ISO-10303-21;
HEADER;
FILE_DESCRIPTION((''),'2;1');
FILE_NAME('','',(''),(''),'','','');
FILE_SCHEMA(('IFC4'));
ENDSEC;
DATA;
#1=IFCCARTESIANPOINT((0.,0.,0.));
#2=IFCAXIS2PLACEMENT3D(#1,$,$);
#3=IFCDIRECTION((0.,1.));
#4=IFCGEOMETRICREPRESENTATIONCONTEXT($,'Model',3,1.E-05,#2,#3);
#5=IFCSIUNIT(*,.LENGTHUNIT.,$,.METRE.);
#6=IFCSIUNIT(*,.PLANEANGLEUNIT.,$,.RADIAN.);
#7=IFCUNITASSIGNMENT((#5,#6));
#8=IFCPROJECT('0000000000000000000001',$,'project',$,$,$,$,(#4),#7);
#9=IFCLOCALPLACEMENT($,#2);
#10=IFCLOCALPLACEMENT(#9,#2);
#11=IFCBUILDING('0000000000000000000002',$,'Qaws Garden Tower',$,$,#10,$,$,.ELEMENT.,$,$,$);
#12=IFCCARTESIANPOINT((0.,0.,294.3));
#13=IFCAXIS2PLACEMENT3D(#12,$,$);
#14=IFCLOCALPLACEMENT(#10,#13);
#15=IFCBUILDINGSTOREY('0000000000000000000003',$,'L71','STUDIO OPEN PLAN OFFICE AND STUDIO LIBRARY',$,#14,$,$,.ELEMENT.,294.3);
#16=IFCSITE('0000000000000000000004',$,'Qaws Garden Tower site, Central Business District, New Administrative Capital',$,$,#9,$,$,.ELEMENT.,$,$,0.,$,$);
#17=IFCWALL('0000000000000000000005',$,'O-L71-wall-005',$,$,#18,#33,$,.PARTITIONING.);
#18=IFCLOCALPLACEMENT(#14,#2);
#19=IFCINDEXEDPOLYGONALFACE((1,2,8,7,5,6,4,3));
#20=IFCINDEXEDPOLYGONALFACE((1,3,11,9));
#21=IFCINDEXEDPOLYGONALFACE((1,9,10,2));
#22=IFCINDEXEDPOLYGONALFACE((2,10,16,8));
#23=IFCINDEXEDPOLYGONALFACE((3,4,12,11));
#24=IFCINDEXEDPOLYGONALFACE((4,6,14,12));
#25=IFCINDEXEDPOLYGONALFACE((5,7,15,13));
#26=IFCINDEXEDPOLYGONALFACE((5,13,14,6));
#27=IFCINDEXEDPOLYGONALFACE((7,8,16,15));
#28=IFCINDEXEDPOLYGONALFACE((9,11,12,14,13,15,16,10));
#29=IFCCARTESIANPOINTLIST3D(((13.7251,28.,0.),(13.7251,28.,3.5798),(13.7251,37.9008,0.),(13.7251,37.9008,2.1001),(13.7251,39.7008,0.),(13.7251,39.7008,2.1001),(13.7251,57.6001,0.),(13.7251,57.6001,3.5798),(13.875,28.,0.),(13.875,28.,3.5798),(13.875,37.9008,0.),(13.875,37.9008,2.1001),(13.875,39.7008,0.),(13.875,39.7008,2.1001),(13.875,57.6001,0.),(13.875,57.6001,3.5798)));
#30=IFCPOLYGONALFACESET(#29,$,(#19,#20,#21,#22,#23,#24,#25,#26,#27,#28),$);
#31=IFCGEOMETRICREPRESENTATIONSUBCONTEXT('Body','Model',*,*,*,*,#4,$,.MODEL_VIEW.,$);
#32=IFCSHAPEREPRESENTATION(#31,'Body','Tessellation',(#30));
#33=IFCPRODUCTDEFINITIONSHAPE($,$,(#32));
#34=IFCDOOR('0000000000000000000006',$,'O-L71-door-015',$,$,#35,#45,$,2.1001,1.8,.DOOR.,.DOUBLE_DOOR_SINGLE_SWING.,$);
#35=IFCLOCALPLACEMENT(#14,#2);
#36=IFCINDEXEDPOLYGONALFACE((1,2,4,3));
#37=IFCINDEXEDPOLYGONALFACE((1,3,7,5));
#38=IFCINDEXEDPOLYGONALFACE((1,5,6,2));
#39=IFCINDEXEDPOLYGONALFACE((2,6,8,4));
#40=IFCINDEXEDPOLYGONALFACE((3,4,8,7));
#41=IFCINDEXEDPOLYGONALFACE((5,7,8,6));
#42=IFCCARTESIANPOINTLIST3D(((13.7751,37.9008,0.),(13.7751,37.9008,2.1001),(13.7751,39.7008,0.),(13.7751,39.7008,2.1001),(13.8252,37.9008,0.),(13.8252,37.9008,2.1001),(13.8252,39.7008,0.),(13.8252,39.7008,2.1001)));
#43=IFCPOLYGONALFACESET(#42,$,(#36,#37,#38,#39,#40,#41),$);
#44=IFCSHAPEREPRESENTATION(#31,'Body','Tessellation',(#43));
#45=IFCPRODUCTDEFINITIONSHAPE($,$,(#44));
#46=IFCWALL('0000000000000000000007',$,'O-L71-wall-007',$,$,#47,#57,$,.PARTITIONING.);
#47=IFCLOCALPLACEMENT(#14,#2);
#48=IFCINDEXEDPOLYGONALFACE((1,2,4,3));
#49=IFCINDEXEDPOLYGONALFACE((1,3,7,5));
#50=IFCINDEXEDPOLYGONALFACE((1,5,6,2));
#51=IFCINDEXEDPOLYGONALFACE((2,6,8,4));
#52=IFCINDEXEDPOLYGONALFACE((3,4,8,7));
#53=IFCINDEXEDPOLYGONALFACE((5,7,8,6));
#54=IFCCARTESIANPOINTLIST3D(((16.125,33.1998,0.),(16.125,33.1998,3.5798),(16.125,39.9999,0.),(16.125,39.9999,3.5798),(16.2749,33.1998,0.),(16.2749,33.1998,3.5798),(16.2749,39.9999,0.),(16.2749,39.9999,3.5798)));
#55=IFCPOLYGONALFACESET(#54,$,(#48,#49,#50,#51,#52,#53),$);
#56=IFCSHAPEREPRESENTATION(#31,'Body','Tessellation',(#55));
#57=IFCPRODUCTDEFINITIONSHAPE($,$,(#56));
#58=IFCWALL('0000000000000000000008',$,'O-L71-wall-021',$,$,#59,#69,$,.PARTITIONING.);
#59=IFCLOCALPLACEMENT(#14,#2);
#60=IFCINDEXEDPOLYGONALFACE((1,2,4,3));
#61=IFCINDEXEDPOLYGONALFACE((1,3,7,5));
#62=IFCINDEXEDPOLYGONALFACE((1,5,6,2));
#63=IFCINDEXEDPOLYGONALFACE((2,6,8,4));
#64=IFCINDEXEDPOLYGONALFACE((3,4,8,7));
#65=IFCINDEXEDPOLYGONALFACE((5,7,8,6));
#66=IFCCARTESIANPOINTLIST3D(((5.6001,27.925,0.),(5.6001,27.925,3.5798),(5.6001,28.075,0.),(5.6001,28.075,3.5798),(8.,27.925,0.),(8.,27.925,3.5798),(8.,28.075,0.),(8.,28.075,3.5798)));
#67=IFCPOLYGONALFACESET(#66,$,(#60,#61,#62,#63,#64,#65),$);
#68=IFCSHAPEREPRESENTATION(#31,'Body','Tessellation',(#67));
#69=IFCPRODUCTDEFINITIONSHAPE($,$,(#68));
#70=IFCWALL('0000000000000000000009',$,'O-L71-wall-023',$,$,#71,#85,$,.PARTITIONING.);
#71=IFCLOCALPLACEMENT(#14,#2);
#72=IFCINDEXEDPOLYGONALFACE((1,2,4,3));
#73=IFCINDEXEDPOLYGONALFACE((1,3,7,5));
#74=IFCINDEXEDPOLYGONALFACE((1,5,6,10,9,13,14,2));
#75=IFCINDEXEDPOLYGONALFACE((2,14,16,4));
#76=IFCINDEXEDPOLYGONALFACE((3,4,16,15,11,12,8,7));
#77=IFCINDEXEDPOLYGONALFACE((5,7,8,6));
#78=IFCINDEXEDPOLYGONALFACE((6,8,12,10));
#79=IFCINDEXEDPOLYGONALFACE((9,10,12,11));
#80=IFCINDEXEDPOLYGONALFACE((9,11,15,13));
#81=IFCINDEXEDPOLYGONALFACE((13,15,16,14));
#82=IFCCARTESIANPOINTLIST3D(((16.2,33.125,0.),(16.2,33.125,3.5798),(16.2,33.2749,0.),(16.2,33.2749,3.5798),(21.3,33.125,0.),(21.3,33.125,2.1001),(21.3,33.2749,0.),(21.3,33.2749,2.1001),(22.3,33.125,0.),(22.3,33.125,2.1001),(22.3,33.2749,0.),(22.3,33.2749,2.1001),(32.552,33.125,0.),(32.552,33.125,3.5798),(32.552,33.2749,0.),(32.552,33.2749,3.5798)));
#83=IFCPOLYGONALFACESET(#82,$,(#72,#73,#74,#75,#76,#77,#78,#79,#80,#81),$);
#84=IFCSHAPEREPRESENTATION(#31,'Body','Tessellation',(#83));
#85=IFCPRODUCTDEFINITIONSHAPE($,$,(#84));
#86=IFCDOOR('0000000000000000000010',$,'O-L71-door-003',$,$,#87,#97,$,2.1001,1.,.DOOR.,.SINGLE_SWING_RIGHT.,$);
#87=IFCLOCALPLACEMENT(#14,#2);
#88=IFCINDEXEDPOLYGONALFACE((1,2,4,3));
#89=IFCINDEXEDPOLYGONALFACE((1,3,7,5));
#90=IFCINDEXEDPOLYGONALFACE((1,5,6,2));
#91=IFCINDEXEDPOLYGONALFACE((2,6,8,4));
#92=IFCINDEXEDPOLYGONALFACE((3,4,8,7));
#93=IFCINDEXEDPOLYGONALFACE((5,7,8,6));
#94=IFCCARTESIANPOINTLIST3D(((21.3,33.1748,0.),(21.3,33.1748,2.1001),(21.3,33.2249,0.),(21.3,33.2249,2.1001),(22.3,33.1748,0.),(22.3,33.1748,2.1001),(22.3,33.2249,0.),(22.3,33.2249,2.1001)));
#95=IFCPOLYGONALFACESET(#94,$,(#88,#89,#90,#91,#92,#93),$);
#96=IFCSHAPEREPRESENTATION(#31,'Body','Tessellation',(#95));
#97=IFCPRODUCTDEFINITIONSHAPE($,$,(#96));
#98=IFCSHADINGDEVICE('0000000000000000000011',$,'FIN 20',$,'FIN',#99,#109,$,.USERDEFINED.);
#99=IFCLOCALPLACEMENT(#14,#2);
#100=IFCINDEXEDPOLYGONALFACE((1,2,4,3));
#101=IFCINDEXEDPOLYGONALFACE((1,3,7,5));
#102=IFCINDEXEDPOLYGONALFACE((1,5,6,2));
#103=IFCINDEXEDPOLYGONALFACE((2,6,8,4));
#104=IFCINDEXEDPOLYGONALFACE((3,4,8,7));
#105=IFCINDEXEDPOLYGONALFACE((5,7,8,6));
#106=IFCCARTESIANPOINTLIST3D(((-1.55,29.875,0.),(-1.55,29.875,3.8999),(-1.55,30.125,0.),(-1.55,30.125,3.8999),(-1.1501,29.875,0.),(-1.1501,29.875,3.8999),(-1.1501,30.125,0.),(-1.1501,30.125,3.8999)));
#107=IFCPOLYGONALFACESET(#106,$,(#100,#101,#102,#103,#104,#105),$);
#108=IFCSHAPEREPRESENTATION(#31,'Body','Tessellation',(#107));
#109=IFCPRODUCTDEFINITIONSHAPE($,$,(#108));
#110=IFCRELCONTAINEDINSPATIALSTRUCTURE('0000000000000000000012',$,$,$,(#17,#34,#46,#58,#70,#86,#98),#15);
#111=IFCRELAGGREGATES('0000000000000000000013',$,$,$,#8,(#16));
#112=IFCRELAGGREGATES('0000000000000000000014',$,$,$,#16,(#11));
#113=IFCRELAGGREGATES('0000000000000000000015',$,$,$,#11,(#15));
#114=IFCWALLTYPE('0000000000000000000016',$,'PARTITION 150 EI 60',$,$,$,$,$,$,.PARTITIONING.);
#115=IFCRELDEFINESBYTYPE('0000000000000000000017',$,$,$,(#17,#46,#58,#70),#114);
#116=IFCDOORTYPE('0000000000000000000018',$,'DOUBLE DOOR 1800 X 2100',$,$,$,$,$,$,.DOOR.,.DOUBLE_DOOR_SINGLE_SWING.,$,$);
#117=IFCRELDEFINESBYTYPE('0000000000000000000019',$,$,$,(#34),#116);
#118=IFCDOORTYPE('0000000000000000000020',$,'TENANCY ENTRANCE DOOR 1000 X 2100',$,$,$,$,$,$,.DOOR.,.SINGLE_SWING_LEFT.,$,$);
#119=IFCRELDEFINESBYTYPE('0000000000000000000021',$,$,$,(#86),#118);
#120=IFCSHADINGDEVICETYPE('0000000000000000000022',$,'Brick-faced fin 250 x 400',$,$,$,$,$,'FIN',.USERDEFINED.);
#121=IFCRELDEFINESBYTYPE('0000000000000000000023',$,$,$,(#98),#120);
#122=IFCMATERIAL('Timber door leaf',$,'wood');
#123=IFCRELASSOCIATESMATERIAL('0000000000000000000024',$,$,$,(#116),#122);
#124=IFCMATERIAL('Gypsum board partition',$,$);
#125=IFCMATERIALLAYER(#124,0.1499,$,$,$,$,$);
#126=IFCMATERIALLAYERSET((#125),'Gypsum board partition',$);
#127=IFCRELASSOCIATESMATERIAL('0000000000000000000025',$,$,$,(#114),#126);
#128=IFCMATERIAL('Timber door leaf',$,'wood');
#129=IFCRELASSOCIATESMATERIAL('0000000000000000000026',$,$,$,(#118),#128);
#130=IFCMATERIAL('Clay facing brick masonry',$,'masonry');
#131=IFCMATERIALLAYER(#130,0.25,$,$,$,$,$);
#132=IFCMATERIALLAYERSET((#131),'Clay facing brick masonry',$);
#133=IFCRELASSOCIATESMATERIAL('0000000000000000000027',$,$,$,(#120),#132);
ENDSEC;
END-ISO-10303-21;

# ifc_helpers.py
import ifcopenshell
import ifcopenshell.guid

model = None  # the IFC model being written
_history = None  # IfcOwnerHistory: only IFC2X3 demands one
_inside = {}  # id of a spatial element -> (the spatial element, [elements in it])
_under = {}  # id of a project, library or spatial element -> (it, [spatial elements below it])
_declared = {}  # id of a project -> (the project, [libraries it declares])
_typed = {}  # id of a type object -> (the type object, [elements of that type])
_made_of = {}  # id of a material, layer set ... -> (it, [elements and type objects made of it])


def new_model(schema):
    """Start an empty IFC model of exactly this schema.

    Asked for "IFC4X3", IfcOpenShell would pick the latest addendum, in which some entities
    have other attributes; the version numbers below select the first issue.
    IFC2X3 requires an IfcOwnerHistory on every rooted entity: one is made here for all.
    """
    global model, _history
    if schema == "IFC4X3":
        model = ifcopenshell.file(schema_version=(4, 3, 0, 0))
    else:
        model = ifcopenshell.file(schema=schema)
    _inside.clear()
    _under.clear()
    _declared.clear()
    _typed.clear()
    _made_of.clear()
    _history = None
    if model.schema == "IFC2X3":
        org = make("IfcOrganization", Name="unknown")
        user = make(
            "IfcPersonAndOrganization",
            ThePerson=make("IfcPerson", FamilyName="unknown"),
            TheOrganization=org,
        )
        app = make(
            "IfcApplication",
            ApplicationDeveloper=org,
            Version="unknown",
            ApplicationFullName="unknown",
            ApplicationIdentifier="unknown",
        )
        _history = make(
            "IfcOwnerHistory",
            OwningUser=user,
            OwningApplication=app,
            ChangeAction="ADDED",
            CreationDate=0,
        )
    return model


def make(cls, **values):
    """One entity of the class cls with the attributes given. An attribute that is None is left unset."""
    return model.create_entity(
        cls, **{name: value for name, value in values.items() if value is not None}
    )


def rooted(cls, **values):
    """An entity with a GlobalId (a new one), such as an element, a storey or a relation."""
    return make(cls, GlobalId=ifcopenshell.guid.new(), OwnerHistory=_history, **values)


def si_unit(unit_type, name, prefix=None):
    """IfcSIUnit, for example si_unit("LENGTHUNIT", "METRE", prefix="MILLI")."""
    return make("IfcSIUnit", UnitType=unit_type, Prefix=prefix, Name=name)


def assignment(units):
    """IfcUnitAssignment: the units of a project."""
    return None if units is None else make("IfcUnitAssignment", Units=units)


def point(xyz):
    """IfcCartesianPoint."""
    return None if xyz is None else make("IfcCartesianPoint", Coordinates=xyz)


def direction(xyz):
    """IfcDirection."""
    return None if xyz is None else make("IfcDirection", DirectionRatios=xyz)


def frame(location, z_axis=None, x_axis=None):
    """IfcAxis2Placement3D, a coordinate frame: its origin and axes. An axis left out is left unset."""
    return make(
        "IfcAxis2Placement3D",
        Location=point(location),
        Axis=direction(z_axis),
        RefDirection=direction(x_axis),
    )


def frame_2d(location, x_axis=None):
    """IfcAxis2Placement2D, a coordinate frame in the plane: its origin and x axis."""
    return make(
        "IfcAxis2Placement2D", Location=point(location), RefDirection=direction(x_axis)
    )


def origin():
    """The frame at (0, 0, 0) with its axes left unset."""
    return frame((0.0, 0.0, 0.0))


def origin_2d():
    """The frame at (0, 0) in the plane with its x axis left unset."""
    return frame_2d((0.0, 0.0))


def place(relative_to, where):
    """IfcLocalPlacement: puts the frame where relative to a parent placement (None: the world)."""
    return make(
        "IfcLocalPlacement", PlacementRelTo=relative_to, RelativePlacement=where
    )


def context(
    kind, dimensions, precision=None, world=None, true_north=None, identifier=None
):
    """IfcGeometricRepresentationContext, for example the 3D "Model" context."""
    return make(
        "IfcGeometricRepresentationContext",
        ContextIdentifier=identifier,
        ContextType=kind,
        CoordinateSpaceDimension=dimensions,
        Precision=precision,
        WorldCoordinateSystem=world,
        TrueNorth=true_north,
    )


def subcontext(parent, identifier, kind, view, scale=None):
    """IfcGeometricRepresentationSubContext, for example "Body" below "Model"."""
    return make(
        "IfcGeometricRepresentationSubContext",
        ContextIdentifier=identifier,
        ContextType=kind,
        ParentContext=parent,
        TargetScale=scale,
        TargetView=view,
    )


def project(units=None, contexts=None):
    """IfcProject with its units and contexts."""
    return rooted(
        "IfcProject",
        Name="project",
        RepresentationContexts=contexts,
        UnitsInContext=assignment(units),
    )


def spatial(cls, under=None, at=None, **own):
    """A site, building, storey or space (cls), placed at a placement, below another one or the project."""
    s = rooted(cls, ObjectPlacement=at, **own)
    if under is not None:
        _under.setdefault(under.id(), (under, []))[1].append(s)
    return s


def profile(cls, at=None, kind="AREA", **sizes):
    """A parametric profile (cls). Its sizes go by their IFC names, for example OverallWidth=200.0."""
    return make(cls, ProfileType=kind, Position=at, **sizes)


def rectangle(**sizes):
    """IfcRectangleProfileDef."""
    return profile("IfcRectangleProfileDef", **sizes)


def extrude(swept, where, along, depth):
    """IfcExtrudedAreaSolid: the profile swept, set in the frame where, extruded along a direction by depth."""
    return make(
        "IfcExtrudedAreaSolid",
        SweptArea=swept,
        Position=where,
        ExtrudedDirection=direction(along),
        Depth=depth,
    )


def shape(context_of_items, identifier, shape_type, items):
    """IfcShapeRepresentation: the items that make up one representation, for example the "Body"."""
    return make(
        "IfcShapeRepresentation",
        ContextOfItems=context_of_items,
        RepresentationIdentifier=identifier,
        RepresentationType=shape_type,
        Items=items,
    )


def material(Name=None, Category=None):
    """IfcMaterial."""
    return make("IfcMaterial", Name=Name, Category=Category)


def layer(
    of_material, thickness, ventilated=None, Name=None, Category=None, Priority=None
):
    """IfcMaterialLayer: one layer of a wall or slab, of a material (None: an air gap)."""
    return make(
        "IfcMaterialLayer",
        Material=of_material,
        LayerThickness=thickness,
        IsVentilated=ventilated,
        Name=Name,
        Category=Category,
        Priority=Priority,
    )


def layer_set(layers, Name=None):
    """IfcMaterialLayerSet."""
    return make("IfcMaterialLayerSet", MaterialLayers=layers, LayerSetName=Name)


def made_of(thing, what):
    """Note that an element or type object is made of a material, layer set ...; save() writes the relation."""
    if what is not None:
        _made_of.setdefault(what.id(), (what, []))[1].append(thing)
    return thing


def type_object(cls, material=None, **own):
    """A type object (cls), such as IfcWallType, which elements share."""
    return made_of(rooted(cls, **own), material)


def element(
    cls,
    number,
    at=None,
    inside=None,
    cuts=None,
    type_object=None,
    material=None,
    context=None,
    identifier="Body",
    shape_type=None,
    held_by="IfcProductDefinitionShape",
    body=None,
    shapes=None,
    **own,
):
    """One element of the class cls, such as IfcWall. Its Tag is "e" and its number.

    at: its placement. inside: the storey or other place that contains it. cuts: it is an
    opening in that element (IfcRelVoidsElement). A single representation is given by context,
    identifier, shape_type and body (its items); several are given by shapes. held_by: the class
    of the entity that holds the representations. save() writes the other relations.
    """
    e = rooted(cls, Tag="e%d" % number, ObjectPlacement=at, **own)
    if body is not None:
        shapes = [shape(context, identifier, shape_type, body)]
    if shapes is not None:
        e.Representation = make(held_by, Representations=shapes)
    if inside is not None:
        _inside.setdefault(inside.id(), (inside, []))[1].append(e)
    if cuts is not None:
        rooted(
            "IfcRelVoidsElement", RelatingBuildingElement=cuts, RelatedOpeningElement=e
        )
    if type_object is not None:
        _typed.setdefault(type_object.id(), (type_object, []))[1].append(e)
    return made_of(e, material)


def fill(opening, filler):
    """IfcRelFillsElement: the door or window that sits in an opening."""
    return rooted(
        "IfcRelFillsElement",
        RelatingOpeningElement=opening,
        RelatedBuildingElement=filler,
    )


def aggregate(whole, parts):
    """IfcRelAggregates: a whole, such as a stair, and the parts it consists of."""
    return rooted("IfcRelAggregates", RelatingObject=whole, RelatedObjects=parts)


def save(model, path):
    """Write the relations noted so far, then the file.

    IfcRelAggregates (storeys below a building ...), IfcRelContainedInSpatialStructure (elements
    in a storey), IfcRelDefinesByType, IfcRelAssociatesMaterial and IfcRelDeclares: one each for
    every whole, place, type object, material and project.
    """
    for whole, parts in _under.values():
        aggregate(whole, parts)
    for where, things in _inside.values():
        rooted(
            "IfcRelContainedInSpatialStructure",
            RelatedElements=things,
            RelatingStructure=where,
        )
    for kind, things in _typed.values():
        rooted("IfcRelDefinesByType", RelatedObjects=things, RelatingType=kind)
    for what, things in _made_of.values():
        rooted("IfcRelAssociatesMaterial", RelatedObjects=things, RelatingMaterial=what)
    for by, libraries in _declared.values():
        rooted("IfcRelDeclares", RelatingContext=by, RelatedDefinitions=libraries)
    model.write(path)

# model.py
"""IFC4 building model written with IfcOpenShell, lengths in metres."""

from ifc_helpers import new_model, si_unit, direction, frame, frame_2d, origin, origin_2d, place, context, subcontext, project, spatial, rectangle, extrude, material, layer, layer_set, type_object, element, fill, save


model = new_model("IFC4")

# Units and contexts
model_context = context("Model", 3, precision=1e-05, world=origin(), true_north=direction((0.0, 1.0)))
body_context = subcontext(model_context, "Body", "Model", "MODEL_VIEW")
ifc_project = project(units=[si_unit("LENGTHUNIT", "METRE"), si_unit("PLANEANGLEUNIT", "RADIAN")], contexts=[model_context])

# Site, building, storey
site_placement = place(None, origin())
site = spatial("IfcSite", under=ifc_project, at=site_placement, Name="Qaws Garden Tower site, Central Business District, New Administrative Capital", CompositionType="ELEMENT", RefElevation=0.0)
building_placement = place(site_placement, origin())
building = spatial("IfcBuilding", under=site, at=building_placement, Name="Qaws Garden Tower", CompositionType="ELEMENT")
storey_placement = place(building_placement, frame((0.0, 0.0, 294.3)))
storey = spatial("IfcBuildingStorey", under=building, at=storey_placement, Name="L71", Description="STUDIO OPEN PLAN OFFICE AND STUDIO LIBRARY", CompositionType="ELEMENT", Elevation=294.3)

# Wall, opening, door
ifc_material_1 = material(Name="Timber door leaf", Category="wood")
door_type_1 = type_object("IfcDoorType", Name="DOUBLE DOOR 1800 X 2100", OperationType="DOUBLE_DOOR_SINGLE_SWING", PredefinedType="DOOR", material=ifc_material_1)
ifc_material_2 = material(Name="Gypsum board partition")
ifc_layer_1 = layer(ifc_material_2, 0.1499)
ifc_layer_set_1 = layer_set([ifc_layer_1], Name="Gypsum board partition")
wall_type_1 = type_object("IfcWallType", Name="PARTITION 150 EI 60", PredefinedType="PARTITIONING", material=ifc_layer_set_1)
wall_1_placement = place(storey_placement, frame((13.8, 28.0, 0.0), z_axis=(0.0, 0.0, 1.0), x_axis=(0.0, 1.0, 0.0)))
wall_1 = element("IfcWall", 1, at=wall_1_placement, inside=storey, type_object=wall_type_1, Name="O-L71-wall-005", PredefinedType="PARTITIONING", context=body_context, shape_type="SweptSolid", body=[
    extrude(rectangle(XDim=29.6001, YDim=0.1499, at=frame_2d((14.8, 0.0))), origin(), (0.0, 0.0, 1.0), 3.5798),
])
opening_1_placement = place(wall_1_placement, frame((9.9009, 0.0, 0.0)))
opening_1 = element("IfcOpeningElement", 2, at=opening_1_placement, cuts=wall_1, PredefinedType="OPENING", context=body_context, shape_type="SweptSolid", body=[
    extrude(rectangle(XDim=1.8, YDim=2.1001, at=frame_2d((0.8999, 1.05))), frame((0.0, 0.085, 0.0), z_axis=(0.0, -1.0, 0.0), x_axis=(1.0, 0.0, 0.0)), (0.0, 0.0, 1.0), 0.1699),
])
door_1_placement = place(opening_1_placement, origin())
door_1 = element("IfcDoor", 3, at=door_1_placement, inside=storey, type_object=door_type_1, Name="O-L71-door-015", OperationType="DOUBLE_DOOR_SINGLE_SWING", OverallHeight=2.1001, OverallWidth=1.8, PredefinedType="DOOR", context=body_context, shape_type="SweptSolid", body=[
    extrude(rectangle(XDim=1.8, YDim=2.1001, at=frame_2d((0.8999, 1.05))), frame((0.0, 0.0249, 0.0), z_axis=(0.0, -1.0, 0.0), x_axis=(1.0, 0.0, 0.0)), (0.0, 0.0, 1.0), 0.05),
])
fill(opening_1, door_1)

# Walls
wall_2_placement = place(storey_placement, frame((16.2, 33.2, 0.0), z_axis=(0.0, 0.0, 1.0), x_axis=(0.0, 1.0, 0.0)))
element("IfcWall", 4, at=wall_2_placement, inside=storey, type_object=wall_type_1, Name="O-L71-wall-007", PredefinedType="PARTITIONING", context=body_context, shape_type="SweptSolid", body=[
    extrude(rectangle(XDim=6.8, YDim=0.1499, at=frame_2d((3.3999, 0.0))), origin(), (0.0, 0.0, 1.0), 3.5798),
])
wall_3_placement = place(storey_placement, frame((5.6001, 28.0, 0.0), z_axis=(0.0, 0.0, 1.0), x_axis=(1.0, 0.0, 0.0)))
element("IfcWall", 5, at=wall_3_placement, inside=storey, type_object=wall_type_1, Name="O-L71-wall-021", PredefinedType="PARTITIONING", context=body_context, shape_type="SweptSolid", body=[
    extrude(rectangle(XDim=2.3999, YDim=0.1499, at=frame_2d((1.2, 0.0))), origin(), (0.0, 0.0, 1.0), 3.5798),
])

# Wall, opening, door
wall_4_placement = place(storey_placement, frame((16.2, 33.2, 0.0), z_axis=(0.0, 0.0, 1.0), x_axis=(1.0, 0.0, 0.0)))
wall_4 = element("IfcWall", 6, at=wall_4_placement, inside=storey, type_object=wall_type_1, Name="O-L71-wall-023", PredefinedType="PARTITIONING", context=body_context, shape_type="SweptSolid", body=[
    extrude(rectangle(XDim=16.3521, YDim=0.1499, at=frame_2d((8.176, 0.0))), origin(), (0.0, 0.0, 1.0), 3.5798),
])
opening_2_placement = place(wall_4_placement, frame((5.1001, 0.0, 0.0)))
opening_2 = element("IfcOpeningElement", 7, at=opening_2_placement, cuts=wall_4, PredefinedType="OPENING", context=body_context, shape_type="SweptSolid", body=[
    extrude(rectangle(XDim=1.0, YDim=2.1001, at=frame_2d((0.5, 1.05))), frame((0.0, 0.085, 0.0), z_axis=(0.0, -1.0, 0.0), x_axis=(1.0, 0.0, 0.0)), (0.0, 0.0, 1.0), 0.1699),
])
ifc_material_3 = material(Name="Timber door leaf", Category="wood")
door_type_2 = type_object("IfcDoorType", Name="TENANCY ENTRANCE DOOR 1000 X 2100", OperationType="SINGLE_SWING_LEFT", PredefinedType="DOOR", material=ifc_material_3)
door_2_placement = place(opening_2_placement, origin())
door_2 = element("IfcDoor", 8, at=door_2_placement, inside=storey, type_object=door_type_2, Name="O-L71-door-003", OperationType="SINGLE_SWING_RIGHT", OverallHeight=2.1001, OverallWidth=1.0, PredefinedType="DOOR", context=body_context, shape_type="SweptSolid", body=[
    extrude(rectangle(XDim=1.0, YDim=2.1001, at=frame_2d((0.5, 1.05))), frame((0.0, 0.0249, 0.0), z_axis=(0.0, -1.0, 0.0), x_axis=(1.0, 0.0, 0.0)), (0.0, 0.0, 1.0), 0.05),
])
fill(opening_2, door_2)

# Shading device
ifc_material_4 = material(Name="Clay facing brick masonry", Category="masonry")
ifc_layer_2 = layer(ifc_material_4, 0.25)
ifc_layer_set_2 = layer_set([ifc_layer_2], Name="Clay facing brick masonry")
shading_device_type = type_object("IfcShadingDeviceType", Name="Brick-faced fin 250 x 400", ElementType="FIN", PredefinedType="USERDEFINED", material=ifc_layer_set_2)
shading_device_placement = place(storey_placement, frame((-1.3501, 30.0, 0.0), z_axis=(0.0, 0.0, 1.0), x_axis=(0.0, -1.0, 0.0)))
element("IfcShadingDevice", 9, at=shading_device_placement, inside=storey, type_object=shading_device_type, Name="FIN 20", ObjectType="FIN", PredefinedType="USERDEFINED", context=body_context, shape_type="SweptSolid", body=[
    extrude(rectangle(XDim=0.25, YDim=0.3999, at=origin_2d()), origin(), (0.0, 0.0, 1.0), 3.8999),
])

save(model, "model.ifc")
